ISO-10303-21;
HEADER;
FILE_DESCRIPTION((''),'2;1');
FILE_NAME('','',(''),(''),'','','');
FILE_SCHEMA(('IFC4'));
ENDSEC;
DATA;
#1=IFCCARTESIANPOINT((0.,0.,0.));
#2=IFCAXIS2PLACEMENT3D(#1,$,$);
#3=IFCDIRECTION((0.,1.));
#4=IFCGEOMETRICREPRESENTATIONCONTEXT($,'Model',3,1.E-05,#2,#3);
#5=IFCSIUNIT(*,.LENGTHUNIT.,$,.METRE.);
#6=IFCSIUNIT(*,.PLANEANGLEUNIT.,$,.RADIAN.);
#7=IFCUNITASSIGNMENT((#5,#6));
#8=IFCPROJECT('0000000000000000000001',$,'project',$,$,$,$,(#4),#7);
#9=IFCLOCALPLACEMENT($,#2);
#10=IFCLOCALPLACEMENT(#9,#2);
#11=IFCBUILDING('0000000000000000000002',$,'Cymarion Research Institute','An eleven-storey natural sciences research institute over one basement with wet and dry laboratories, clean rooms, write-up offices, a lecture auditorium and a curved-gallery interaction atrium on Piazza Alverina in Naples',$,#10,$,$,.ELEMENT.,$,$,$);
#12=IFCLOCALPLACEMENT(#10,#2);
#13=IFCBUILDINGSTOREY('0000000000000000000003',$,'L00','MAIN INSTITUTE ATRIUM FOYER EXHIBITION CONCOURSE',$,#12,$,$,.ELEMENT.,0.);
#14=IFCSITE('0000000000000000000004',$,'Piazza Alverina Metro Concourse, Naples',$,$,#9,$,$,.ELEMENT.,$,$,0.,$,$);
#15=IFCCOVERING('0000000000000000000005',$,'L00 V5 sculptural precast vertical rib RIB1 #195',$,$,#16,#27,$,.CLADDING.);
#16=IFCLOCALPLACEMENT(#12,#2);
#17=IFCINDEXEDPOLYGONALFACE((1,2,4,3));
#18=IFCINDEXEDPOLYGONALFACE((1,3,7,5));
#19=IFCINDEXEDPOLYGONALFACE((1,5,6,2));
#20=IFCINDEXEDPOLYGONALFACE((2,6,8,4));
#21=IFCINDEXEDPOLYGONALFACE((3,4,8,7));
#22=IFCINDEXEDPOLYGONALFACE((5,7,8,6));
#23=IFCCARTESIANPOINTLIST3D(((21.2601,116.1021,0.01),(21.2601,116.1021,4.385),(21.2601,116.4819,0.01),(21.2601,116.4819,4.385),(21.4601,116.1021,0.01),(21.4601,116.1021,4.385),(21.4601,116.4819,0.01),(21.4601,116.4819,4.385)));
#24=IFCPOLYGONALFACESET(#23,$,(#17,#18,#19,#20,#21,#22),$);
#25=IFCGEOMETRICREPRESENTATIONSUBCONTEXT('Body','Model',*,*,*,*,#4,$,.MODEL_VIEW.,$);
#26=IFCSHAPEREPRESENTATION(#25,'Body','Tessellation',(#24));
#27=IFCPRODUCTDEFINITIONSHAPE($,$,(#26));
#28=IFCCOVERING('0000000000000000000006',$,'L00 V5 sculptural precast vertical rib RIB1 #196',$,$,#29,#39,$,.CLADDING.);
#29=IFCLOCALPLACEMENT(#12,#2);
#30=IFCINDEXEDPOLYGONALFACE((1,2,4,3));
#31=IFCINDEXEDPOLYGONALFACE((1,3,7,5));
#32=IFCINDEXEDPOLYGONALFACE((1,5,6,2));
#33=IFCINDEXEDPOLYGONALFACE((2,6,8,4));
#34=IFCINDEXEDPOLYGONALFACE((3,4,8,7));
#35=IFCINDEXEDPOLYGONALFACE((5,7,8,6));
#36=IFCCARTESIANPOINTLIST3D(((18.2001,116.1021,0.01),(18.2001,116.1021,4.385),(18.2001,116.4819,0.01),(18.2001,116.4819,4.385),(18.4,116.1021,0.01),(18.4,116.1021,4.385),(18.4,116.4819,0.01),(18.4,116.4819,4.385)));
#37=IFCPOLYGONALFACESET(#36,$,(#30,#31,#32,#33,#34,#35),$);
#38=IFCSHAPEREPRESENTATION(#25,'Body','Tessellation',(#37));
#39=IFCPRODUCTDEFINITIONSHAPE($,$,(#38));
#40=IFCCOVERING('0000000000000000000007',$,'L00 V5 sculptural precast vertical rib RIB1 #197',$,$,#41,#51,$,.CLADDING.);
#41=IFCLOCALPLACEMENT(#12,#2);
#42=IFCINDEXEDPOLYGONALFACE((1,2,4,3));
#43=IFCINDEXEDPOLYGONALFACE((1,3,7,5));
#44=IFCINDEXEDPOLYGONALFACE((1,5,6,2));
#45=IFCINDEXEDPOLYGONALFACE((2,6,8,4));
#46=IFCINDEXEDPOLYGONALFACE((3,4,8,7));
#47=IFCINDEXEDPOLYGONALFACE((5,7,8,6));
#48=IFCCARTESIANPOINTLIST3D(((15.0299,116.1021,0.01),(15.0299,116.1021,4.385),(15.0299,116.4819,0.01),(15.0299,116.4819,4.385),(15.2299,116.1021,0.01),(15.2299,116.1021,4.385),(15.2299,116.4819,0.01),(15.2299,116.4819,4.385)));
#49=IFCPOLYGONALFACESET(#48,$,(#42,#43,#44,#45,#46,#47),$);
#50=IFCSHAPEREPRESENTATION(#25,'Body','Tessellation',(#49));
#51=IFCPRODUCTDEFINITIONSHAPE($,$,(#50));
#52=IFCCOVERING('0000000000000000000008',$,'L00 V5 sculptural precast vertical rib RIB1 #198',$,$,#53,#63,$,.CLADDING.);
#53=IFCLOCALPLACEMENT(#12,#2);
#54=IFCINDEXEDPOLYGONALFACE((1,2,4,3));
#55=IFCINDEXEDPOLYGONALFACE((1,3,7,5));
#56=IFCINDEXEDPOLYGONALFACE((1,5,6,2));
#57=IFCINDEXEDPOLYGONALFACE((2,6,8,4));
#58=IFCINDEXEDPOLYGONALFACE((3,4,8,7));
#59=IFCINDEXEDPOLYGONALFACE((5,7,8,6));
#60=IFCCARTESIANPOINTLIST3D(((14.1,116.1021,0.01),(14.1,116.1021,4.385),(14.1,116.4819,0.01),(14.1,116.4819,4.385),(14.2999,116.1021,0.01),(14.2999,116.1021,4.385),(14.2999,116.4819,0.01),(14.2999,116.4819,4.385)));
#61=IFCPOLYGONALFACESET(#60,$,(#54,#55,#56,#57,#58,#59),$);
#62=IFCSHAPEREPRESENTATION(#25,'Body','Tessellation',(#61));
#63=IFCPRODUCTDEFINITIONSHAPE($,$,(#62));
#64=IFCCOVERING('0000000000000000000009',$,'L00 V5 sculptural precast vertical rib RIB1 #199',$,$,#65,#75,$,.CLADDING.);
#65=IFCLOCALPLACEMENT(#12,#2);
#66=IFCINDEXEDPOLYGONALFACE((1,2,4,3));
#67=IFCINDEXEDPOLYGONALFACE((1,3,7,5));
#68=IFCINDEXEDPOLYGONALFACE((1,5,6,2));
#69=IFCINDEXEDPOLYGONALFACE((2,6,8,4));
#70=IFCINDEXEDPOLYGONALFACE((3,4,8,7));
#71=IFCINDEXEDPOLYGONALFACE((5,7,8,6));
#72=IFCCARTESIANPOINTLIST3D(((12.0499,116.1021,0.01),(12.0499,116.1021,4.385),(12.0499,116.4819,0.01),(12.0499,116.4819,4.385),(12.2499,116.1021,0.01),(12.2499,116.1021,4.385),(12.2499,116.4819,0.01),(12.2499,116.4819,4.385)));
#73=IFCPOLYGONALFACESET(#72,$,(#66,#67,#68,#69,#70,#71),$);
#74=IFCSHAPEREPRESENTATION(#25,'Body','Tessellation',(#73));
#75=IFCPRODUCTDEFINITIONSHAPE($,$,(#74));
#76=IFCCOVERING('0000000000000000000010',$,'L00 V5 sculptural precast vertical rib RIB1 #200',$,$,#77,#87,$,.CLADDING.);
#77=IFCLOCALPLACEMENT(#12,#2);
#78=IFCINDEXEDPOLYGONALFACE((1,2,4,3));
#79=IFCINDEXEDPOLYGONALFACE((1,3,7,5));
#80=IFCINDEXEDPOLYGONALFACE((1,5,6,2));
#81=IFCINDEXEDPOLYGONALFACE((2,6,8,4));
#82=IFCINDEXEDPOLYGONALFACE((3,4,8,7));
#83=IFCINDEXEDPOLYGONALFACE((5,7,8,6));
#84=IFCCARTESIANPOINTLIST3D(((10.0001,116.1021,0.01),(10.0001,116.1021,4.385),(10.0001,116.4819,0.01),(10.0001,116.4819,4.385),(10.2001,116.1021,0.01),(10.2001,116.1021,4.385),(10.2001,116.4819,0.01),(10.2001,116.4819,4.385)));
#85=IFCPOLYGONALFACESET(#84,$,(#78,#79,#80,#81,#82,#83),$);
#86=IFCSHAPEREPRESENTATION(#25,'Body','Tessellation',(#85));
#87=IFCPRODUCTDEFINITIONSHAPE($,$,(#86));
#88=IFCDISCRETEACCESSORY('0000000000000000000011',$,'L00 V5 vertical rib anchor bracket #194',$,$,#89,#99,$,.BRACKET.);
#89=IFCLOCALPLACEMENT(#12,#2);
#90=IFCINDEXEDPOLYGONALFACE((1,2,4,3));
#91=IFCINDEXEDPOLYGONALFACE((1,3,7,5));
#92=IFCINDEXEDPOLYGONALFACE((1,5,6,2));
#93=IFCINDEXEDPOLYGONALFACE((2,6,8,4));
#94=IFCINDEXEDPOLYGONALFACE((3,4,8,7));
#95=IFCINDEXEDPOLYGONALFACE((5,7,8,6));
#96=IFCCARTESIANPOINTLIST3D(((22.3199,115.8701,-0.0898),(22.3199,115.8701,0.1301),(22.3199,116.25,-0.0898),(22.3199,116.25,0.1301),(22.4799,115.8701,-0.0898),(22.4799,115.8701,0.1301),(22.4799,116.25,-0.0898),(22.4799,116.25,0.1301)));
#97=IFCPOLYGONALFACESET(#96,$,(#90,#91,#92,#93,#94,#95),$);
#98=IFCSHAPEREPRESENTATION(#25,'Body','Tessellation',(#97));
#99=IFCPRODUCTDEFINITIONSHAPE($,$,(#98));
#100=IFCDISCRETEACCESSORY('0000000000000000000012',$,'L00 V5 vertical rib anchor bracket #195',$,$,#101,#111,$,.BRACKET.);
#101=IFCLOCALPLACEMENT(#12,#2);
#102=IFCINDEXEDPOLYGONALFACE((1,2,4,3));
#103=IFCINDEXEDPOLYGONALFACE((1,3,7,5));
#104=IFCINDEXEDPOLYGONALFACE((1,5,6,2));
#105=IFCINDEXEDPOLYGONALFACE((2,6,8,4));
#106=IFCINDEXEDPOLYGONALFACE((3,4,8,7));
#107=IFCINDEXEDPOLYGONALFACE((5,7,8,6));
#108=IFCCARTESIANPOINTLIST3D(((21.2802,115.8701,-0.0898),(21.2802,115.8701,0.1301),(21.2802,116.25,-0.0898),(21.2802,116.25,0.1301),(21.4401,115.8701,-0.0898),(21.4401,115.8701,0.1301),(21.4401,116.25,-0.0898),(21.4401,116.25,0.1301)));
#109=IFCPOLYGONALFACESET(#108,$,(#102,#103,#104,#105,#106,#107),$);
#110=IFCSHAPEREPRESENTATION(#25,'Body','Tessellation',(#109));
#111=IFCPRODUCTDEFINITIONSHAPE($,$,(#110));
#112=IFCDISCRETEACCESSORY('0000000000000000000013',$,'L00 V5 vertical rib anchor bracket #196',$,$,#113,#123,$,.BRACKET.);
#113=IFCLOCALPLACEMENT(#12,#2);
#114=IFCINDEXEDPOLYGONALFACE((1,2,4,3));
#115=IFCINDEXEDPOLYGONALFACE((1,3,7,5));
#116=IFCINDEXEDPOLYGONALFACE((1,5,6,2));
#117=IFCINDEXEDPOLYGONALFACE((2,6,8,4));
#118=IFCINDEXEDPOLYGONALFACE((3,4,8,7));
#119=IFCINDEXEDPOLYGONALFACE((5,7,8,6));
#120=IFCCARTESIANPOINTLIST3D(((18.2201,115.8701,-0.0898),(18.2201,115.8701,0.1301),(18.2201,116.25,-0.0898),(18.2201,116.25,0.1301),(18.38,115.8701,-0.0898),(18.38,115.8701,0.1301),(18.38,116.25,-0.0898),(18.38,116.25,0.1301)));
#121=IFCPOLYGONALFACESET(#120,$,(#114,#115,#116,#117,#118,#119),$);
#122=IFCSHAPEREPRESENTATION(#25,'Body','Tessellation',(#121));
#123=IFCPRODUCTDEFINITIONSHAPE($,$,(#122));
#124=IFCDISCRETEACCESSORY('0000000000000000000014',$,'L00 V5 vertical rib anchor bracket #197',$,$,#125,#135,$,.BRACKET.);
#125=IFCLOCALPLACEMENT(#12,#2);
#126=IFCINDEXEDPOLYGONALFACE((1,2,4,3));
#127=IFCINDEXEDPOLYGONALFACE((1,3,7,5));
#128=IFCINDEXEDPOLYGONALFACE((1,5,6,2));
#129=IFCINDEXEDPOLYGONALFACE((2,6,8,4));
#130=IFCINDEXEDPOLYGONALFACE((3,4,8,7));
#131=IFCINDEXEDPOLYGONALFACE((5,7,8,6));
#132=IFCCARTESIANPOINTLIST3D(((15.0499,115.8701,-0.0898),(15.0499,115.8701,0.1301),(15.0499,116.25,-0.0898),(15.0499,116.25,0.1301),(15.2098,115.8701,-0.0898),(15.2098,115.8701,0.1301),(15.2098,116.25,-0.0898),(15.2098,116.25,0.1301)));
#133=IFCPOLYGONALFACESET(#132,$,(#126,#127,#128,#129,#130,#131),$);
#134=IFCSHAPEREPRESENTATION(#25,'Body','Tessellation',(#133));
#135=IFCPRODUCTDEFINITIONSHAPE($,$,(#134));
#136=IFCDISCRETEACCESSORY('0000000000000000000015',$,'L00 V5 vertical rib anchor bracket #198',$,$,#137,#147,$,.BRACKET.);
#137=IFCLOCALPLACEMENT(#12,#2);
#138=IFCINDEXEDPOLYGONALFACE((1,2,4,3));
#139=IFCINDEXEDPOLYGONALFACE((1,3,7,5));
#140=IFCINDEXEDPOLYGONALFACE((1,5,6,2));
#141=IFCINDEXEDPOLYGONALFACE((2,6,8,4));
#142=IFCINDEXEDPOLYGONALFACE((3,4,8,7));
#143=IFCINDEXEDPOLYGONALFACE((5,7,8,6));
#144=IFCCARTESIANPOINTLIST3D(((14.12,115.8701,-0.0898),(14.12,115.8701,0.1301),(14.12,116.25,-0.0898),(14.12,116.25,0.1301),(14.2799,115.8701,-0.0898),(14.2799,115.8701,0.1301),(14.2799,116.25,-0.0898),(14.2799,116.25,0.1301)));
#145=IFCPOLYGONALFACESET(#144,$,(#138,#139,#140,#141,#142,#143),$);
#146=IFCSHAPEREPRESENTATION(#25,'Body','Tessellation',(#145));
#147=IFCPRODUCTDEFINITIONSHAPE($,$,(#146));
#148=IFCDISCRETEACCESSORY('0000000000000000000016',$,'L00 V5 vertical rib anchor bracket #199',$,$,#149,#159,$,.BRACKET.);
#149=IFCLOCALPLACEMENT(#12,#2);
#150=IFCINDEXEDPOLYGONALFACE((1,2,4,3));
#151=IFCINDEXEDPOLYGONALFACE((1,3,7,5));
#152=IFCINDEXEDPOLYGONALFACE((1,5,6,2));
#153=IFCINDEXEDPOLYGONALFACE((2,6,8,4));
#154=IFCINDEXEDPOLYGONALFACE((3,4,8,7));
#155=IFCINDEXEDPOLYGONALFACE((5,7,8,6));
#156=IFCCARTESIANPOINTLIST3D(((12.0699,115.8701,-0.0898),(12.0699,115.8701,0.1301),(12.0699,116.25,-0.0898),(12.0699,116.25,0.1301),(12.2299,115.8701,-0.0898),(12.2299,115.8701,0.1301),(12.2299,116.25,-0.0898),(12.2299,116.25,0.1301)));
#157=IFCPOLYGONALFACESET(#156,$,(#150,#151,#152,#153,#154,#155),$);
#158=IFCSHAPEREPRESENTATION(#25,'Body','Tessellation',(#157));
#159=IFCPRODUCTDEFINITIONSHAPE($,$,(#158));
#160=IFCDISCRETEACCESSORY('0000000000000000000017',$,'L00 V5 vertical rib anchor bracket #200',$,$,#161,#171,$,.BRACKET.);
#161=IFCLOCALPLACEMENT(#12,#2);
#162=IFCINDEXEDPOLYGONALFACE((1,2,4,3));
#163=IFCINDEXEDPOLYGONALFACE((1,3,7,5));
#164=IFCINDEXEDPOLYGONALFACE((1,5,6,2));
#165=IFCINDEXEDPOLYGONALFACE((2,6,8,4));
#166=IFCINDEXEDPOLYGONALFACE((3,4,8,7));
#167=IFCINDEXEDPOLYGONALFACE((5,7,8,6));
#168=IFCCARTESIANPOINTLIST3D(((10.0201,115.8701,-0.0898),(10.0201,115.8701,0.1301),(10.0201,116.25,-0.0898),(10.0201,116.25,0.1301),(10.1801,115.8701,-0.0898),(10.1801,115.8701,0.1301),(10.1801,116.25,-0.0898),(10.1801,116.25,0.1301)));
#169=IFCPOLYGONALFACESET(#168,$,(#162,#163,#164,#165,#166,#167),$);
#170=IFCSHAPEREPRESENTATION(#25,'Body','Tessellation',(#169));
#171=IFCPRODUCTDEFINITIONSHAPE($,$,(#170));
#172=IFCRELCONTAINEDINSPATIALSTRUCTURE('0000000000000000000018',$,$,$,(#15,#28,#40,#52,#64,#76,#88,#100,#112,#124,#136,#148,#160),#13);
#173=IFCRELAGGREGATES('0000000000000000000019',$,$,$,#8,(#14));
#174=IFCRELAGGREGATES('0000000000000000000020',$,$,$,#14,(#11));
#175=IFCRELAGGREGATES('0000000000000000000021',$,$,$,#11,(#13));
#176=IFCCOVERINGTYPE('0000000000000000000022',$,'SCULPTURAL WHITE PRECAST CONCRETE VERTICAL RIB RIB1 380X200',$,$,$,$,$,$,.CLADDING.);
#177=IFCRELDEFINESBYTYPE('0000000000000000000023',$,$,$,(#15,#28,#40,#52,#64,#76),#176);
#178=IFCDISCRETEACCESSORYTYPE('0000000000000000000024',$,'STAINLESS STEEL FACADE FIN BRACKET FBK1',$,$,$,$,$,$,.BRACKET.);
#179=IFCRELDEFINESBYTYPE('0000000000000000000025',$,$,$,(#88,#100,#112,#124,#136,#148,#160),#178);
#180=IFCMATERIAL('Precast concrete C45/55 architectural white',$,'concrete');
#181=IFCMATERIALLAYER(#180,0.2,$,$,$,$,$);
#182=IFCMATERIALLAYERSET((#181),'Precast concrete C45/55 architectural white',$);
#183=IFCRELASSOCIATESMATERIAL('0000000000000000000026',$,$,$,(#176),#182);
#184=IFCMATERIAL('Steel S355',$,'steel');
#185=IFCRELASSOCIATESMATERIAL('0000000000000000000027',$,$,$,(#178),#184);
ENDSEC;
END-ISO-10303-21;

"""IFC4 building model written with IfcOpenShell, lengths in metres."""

from ifc_helpers import new_model, si_unit, direction, frame, origin, origin_2d, place, context, subcontext, project, spatial, rectangle, extrude, material, layer, layer_set, type_object, element, save


model = new_model("IFC4")

# Units and contexts
model_context = context("Model", 3, precision=1e-05, world=origin(), true_north=direction((0.0, 1.0)))
body_context = subcontext(model_context, "Body", "Model", "MODEL_VIEW")
ifc_project = project(units=[si_unit("LENGTHUNIT", "METRE"), si_unit("PLANEANGLEUNIT", "RADIAN")], contexts=[model_context])

# Site, building, storey
site_placement = place(None, origin())
site = spatial("IfcSite", under=ifc_project, at=site_placement, Name="Piazza Alverina Metro Concourse, Naples", CompositionType="ELEMENT", RefElevation=0.0)
building_placement = place(site_placement, origin())
building = spatial("IfcBuilding", under=site, at=building_placement, Name="Cymarion Research Institute", Description="An eleven-storey natural sciences research institute over one basement with wet and dry laboratories, clean rooms, write-up offices, a lecture auditorium and a curved-gallery interaction atrium on Piazza Alverina in Naples", CompositionType="ELEMENT")
storey_placement = place(building_placement, origin())
storey = spatial("IfcBuildingStorey", under=building, at=storey_placement, Name="L00", Description="MAIN INSTITUTE ATRIUM FOYER EXHIBITION CONCOURSE", CompositionType="ELEMENT", Elevation=0.0)

# Shared definitions
ifc_material_1 = material(Name="Steel S355", Category="steel")

# Coverings
ifc_material_2 = material(Name="Precast concrete C45/55 architectural white", Category="concrete")
ifc_layer_1 = layer(ifc_material_2, 0.2)
ifc_layer_set_1 = layer_set([ifc_layer_1], Name="Precast concrete C45/55 architectural white")
covering_type = type_object("IfcCoveringType", Name="SCULPTURAL WHITE PRECAST CONCRETE VERTICAL RIB RIB1 380X200", PredefinedType="CLADDING", material=ifc_layer_set_1)
for number, where, z_axis, x_axis, name in (
    (1, (21.3601, 116.292, 0.01), (0.0, 0.0, 1.0), (0.0, 1.0, 0.0), "L00 V5 sculptural precast vertical rib RIB1 #195"),
    (2, (18.3, 116.292, 0.01), (0.0, 0.0, 1.0), (0.0, 1.0, 0.0), "L00 V5 sculptural precast vertical rib RIB1 #196"),
    (3, (15.1299, 116.292, 0.01), (0.0, 0.0, 1.0), (0.0, 1.0, 0.0), "L00 V5 sculptural precast vertical rib RIB1 #197"),
    (4, (14.2, 116.292, 0.01), (0.0, 0.0, 1.0), (0.0, 1.0, 0.0), "L00 V5 sculptural precast vertical rib RIB1 #198"),
    (5, (12.1499, 116.292, 0.01), (0.0, 0.0, 1.0), (0.0, 1.0, 0.0), "L00 V5 sculptural precast vertical rib RIB1 #199"),
    (6, (10.1001, 116.292, 0.01), (0.0, 0.0, 1.0), (0.0, 1.0, 0.0), "L00 V5 sculptural precast vertical rib RIB1 #200"),
):
    element("IfcCovering", number, at=place(storey_placement, frame(where, z_axis=z_axis, x_axis=x_axis)), inside=storey, type_object=covering_type, Name=name, PredefinedType="CLADDING", context=body_context, shape_type="SweptSolid", body=[
        extrude(rectangle(XDim=0.3799, YDim=0.2, at=origin_2d()), origin(), (0.0, 0.0, 1.0), 4.375),
    ])

# Discrete accessories
discrete_accessory_type = type_object("IfcDiscreteAccessoryType", Name="STAINLESS STEEL FACADE FIN BRACKET FBK1", PredefinedType="BRACKET", material=ifc_material_1)
for number, where, z_axis, x_axis, name in (
    (7, (22.3999, 116.0601, -0.0898), (0.0, 0.0, 1.0), (0.0, 1.0, 0.0), "L00 V5 vertical rib anchor bracket #194"),
    (8, (21.3601, 116.0601, -0.0898), (0.0, 0.0, 1.0), (0.0, 1.0, 0.0), "L00 V5 vertical rib anchor bracket #195"),
    (9, (18.3, 116.0601, -0.0898), (0.0, 0.0, 1.0), (0.0, 1.0, 0.0), "L00 V5 vertical rib anchor bracket #196"),
    (10, (15.1299, 116.0601, -0.0898), (0.0, 0.0, 1.0), (0.0, 1.0, 0.0), "L00 V5 vertical rib anchor bracket #197"),
    (11, (14.2, 116.0601, -0.0898), (0.0, 0.0, 1.0), (0.0, 1.0, 0.0), "L00 V5 vertical rib anchor bracket #198"),
    (12, (12.1499, 116.0601, -0.0898), (0.0, 0.0, 1.0), (0.0, 1.0, 0.0), "L00 V5 vertical rib anchor bracket #199"),
    (13, (10.1001, 116.0601, -0.0898), (0.0, 0.0, 1.0), (0.0, 1.0, 0.0), "L00 V5 vertical rib anchor bracket #200"),
):
    element("IfcDiscreteAccessory", number, at=place(storey_placement, frame(where, z_axis=z_axis, x_axis=x_axis)), inside=storey, type_object=discrete_accessory_type, Name=name, PredefinedType="BRACKET", context=body_context, shape_type="SweptSolid", body=[
        extrude(rectangle(XDim=0.3799, YDim=0.1599, at=origin_2d()), origin(), (0.0, 0.0, 1.0), 0.22),
    ])

save(model, "model.ifc")
